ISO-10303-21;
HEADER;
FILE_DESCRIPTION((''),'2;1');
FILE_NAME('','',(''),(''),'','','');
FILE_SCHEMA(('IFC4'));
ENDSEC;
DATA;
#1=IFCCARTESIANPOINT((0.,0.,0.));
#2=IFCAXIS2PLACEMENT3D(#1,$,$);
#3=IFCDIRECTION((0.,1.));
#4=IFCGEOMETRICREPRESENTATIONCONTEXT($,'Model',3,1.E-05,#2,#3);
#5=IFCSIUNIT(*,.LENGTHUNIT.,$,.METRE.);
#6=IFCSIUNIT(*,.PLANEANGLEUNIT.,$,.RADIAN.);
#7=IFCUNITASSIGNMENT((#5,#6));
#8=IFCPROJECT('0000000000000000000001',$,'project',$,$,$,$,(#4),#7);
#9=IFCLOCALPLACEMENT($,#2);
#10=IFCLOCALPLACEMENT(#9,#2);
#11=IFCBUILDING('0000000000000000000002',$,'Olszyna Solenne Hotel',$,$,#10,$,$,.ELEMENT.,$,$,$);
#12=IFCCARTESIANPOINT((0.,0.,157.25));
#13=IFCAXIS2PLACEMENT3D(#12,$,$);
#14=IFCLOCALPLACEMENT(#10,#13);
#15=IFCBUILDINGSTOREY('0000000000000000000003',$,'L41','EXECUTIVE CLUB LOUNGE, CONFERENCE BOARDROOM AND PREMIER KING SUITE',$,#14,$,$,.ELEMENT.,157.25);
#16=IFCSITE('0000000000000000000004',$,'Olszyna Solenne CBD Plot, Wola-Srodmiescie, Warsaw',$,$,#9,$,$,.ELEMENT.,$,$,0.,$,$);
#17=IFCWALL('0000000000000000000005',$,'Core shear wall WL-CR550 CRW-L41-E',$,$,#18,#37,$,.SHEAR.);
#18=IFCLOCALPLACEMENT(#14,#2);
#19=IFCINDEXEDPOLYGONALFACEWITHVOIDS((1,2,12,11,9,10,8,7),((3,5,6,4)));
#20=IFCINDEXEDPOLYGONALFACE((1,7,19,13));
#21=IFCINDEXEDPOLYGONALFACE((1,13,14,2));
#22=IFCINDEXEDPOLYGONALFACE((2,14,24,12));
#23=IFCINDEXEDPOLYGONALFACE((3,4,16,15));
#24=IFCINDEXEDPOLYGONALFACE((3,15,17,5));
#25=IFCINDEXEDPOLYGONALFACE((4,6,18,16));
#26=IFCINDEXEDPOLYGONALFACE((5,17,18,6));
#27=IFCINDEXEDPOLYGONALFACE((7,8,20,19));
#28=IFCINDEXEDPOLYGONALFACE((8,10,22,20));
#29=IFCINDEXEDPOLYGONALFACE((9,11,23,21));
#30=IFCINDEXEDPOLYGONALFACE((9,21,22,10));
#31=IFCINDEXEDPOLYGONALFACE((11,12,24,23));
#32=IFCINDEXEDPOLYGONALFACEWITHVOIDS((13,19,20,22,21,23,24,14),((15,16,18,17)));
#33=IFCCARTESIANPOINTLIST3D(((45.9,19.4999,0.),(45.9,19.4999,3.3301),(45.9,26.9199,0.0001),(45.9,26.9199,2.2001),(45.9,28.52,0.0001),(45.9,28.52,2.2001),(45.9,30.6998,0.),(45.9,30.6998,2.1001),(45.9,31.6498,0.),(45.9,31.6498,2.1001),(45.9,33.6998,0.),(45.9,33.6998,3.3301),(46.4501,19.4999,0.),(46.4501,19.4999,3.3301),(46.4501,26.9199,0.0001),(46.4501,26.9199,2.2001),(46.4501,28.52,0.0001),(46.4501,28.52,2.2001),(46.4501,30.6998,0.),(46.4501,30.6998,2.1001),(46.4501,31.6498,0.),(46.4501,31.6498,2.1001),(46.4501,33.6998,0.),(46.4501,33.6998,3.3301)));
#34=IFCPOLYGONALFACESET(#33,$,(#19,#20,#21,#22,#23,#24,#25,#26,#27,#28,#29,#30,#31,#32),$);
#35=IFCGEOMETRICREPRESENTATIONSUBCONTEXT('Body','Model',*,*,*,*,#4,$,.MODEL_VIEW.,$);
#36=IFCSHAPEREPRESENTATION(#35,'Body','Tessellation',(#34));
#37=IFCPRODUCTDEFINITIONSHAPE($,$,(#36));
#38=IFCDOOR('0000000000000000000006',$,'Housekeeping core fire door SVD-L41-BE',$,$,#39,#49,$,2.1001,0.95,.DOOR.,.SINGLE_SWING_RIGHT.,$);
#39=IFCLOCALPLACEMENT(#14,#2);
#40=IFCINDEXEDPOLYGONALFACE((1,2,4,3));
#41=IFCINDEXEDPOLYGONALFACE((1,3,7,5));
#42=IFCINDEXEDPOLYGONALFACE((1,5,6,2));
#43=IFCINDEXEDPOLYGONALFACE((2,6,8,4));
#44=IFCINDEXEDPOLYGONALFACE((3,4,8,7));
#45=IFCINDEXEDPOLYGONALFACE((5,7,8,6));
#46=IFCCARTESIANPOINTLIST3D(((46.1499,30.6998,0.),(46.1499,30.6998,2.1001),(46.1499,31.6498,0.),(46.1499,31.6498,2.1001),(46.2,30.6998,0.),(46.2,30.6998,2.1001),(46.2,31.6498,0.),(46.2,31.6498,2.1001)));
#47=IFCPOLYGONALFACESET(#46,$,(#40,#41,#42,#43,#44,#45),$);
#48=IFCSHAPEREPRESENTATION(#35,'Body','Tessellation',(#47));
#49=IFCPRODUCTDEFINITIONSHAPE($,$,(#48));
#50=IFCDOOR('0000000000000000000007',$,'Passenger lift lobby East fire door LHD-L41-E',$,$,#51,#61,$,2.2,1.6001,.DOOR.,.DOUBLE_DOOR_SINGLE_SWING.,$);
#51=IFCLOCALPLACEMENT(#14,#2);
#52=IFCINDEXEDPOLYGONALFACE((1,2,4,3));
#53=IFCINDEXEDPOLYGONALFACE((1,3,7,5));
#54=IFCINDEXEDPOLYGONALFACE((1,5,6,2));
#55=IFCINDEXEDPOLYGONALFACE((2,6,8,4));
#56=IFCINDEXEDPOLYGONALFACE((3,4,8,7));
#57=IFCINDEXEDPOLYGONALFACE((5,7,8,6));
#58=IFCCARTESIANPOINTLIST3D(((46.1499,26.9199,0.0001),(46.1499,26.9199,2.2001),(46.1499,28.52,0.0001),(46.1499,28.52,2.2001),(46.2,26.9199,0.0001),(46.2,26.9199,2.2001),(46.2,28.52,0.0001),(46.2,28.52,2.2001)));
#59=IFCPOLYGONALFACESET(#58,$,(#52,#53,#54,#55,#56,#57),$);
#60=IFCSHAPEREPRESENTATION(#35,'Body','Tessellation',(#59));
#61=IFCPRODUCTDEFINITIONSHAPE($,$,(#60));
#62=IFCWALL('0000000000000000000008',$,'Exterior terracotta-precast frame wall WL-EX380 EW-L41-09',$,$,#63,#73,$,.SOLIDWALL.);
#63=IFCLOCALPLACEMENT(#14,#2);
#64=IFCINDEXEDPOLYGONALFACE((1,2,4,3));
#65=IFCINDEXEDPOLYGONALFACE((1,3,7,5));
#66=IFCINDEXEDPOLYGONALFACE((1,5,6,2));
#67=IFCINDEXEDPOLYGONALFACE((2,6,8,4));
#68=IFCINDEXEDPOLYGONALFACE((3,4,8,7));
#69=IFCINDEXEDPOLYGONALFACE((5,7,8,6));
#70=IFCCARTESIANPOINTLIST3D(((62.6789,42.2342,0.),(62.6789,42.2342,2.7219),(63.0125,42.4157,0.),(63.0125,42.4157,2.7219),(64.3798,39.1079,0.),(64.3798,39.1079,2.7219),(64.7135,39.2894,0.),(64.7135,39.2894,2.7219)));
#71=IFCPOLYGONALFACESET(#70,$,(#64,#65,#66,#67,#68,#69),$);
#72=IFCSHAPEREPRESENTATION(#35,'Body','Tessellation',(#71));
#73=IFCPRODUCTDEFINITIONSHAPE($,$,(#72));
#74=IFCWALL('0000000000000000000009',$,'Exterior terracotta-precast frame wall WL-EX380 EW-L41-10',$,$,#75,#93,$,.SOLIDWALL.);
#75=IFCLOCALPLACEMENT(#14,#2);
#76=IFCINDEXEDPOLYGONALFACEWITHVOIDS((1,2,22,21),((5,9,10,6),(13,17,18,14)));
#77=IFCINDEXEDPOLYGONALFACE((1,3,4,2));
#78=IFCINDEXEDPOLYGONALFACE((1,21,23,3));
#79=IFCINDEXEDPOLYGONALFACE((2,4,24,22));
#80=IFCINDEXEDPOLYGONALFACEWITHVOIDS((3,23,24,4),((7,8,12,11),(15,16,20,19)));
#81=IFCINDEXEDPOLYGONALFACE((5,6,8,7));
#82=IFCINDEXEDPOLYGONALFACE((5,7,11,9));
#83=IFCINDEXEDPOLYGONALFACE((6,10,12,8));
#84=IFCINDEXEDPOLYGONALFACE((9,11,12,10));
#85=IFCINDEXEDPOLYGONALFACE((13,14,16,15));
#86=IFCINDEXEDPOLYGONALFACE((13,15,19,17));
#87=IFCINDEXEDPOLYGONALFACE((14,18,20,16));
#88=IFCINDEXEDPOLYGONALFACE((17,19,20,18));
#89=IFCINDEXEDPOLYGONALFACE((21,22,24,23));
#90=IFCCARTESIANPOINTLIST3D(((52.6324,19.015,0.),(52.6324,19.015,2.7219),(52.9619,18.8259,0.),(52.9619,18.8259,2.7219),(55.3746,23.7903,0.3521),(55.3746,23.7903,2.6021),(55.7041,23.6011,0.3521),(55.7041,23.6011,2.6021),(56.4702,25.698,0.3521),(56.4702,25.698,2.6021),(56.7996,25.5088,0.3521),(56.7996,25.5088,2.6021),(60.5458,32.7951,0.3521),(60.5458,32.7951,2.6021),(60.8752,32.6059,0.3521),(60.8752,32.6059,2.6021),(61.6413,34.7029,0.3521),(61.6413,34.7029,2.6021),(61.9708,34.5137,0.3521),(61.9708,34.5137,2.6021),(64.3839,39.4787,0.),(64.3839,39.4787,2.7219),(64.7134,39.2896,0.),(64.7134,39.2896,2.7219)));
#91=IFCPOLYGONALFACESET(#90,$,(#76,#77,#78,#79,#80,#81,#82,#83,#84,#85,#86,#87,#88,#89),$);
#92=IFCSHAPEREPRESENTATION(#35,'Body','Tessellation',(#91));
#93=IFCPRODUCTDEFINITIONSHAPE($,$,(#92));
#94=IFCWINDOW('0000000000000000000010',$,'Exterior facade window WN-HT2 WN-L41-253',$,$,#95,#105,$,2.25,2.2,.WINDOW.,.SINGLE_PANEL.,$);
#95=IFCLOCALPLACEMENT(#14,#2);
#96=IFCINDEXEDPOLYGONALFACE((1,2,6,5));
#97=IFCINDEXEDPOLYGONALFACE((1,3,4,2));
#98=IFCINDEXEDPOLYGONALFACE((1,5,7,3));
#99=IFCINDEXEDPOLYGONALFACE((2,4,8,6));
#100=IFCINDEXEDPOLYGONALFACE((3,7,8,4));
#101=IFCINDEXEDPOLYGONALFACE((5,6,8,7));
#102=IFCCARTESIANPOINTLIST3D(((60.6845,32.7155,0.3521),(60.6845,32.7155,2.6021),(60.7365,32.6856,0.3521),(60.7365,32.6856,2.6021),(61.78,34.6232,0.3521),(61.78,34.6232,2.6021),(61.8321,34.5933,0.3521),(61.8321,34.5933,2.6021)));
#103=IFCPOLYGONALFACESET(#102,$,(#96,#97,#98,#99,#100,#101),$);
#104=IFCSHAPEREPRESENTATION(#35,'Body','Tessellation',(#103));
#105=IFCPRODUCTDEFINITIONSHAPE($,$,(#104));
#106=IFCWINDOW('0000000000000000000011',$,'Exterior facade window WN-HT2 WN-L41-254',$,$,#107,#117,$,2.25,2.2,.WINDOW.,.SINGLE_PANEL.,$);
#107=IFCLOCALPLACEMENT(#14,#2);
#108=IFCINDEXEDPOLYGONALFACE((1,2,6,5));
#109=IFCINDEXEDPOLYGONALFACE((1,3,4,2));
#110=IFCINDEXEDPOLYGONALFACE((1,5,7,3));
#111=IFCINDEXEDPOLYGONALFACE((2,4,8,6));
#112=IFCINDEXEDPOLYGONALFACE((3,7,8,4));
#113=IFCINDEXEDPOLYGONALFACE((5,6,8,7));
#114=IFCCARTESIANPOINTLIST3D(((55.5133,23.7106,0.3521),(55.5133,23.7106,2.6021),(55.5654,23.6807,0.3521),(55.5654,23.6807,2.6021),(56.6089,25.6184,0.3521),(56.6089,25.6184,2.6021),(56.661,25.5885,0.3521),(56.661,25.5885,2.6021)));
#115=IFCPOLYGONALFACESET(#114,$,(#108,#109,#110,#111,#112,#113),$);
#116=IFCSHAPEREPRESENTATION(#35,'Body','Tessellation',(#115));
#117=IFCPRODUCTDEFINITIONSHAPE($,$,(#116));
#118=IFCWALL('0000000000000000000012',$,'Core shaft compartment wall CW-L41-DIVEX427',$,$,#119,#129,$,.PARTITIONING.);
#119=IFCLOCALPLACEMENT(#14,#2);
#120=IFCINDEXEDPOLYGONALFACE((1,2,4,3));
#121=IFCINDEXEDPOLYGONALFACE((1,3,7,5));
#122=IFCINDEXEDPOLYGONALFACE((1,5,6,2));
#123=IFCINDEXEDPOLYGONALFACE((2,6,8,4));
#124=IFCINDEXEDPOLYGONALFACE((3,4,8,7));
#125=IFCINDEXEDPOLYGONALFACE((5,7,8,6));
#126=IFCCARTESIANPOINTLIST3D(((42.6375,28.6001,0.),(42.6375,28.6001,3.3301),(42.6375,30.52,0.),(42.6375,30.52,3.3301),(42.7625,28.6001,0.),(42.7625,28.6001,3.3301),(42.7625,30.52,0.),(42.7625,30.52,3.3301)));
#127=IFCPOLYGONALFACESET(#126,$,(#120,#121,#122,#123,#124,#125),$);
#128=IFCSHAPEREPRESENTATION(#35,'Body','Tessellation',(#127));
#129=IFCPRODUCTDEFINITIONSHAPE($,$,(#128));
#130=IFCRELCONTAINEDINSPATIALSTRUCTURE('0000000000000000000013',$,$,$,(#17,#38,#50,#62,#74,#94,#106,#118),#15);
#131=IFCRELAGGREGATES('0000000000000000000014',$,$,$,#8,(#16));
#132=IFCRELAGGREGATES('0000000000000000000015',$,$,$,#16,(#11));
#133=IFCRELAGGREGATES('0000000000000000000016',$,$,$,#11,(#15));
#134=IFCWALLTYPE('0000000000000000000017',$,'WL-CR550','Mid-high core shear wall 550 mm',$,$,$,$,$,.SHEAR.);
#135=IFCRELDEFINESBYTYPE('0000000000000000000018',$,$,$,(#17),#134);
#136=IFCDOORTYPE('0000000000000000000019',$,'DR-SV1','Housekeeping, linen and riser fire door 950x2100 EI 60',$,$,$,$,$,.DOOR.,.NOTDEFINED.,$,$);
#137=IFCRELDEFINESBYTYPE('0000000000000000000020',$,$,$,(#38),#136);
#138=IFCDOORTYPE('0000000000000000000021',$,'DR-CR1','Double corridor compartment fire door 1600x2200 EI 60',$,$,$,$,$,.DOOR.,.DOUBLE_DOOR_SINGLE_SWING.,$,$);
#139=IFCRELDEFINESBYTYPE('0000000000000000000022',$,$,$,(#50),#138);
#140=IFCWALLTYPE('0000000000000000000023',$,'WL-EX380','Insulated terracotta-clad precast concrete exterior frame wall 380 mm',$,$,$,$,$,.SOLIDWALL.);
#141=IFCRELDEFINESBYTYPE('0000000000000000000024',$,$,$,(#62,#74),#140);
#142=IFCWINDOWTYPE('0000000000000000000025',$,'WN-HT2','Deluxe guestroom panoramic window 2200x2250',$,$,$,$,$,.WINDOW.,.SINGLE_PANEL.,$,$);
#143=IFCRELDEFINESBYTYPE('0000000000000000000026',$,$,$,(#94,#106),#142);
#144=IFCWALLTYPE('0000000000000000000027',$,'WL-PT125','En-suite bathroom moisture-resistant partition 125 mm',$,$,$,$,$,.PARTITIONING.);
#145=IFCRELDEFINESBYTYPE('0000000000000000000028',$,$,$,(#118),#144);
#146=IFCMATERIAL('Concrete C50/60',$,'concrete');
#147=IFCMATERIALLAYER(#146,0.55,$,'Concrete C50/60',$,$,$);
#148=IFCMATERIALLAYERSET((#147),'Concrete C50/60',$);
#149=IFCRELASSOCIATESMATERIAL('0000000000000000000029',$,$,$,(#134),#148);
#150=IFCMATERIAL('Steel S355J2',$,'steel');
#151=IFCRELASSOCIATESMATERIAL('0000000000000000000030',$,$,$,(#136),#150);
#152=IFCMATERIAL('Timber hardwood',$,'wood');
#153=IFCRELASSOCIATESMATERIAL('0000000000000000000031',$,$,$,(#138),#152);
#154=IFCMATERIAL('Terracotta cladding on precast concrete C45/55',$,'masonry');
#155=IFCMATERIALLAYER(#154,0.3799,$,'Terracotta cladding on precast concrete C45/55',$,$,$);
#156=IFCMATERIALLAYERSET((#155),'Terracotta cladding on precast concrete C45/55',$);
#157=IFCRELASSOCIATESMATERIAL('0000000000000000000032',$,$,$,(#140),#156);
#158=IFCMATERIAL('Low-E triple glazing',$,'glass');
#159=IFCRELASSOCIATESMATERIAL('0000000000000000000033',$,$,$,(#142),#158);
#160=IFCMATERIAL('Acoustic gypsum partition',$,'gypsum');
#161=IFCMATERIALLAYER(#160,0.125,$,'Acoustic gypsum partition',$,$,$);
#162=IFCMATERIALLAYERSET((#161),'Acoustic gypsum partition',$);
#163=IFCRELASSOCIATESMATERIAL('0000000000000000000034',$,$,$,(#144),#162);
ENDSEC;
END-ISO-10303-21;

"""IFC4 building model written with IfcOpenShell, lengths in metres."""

from ifc_helpers import new_model, si_unit, direction, frame, frame_2d, origin, place, context, subcontext, project, spatial, rectangle, extrude, source, transform, mapped, material, layer, layer_set, type_object, type_shapes, element, fill, save


model = new_model("IFC4")

# Units and contexts
model_context = context("Model", 3, precision=1e-05, world=origin(), true_north=direction((0.0, 1.0)))
body_context = subcontext(model_context, "Body", "Model", "MODEL_VIEW")
ifc_project = project(units=[si_unit("LENGTHUNIT", "METRE"), si_unit("PLANEANGLEUNIT", "RADIAN")], contexts=[model_context])

# Site, building, storey
site_placement = place(None, origin())
site = spatial("IfcSite", under=ifc_project, at=site_placement, Name="Olszyna Solenne CBD Plot, Wola-Srodmiescie, Warsaw", CompositionType="ELEMENT", RefElevation=0.0)
building_placement = place(site_placement, origin())
building = spatial("IfcBuilding", under=site, at=building_placement, Name="Olszyna Solenne Hotel", CompositionType="ELEMENT")
storey_placement = place(building_placement, frame((0.0, 0.0, 157.25)))
storey = spatial("IfcBuildingStorey", under=building, at=storey_placement, Name="L41", Description="EXECUTIVE CLUB LOUNGE, CONFERENCE BOARDROOM AND PREMIER KING SUITE", CompositionType="ELEMENT", Elevation=157.25)

# Shared definitions
ifc_material_1 = material(Name="Steel S355J2", Category="steel")

# Wall, openings, doors
ifc_material_2 = material(Name="Concrete C50/60", Category="concrete")
ifc_layer_1 = layer(ifc_material_2, 0.55, Name="Concrete C50/60")
ifc_layer_set_1 = layer_set([ifc_layer_1], Name="Concrete C50/60")
wall_type_1 = type_object("IfcWallType", Name="WL-CR550", Description="Mid-high core shear wall 550 mm", PredefinedType="SHEAR", material=ifc_layer_set_1)
wall_1_placement = place(storey_placement, frame((46.175, 33.7, 0.0), z_axis=(0.0, 0.0, 1.0), x_axis=(0.0, -1.0, 0.0)))
wall_1 = element("IfcWall", 1, at=wall_1_placement, inside=storey, type_object=wall_type_1, Name="Core shear wall WL-CR550 CRW-L41-E", PredefinedType="SHEAR", context=body_context, shape_type="SweptSolid", body=[
    extrude(rectangle(XDim=14.2, YDim=0.55, at=frame_2d((7.1001, 0.0))), origin(), (0.0, 0.0, 1.0), 3.3301),
])
opening_1_placement = place(wall_1_placement, frame((5.1799, 0.0, 0.0)))
opening_1 = element("IfcOpeningElement", 2, at=opening_1_placement, cuts=wall_1, PredefinedType="OPENING", context=body_context, shape_type="SweptSolid", body=[
    extrude(rectangle(XDim=1.6001, YDim=2.2, at=frame_2d((0.8, 1.1001))), frame((0.0, 0.2852, 0.0), z_axis=(0.0, -1.0, 0.0), x_axis=(1.0, 0.0, 0.0)), (0.0, 0.0, 1.0), 0.5701),
])
opening_2_placement = place(wall_1_placement, frame((2.05, 0.0, 0.0)))
opening_2 = element("IfcOpeningElement", 3, at=opening_2_placement, cuts=wall_1, PredefinedType="OPENING", context=body_context, shape_type="SweptSolid", body=[
    extrude(rectangle(XDim=0.95, YDim=2.1001, at=frame_2d((0.4751, 1.05))), frame((0.0, 0.2852, 0.0), z_axis=(0.0, -1.0, 0.0), x_axis=(1.0, 0.0, 0.0)), (0.0, 0.0, 1.0), 0.5701),
])
door_type_1 = type_object("IfcDoorType", Name="DR-SV1", Description="Housekeeping, linen and riser fire door 950x2100 EI 60", OperationType="NOTDEFINED", PredefinedType="DOOR", material=ifc_material_1)
shared_shape_1 = source(origin(), body_context, "Body", "SweptSolid", [
    extrude(rectangle(XDim=0.95, YDim=2.1001, at=frame_2d((0.4751, 1.05))), frame((0.0, 0.0249, 0.0), z_axis=(0.0, -1.0, 0.0), x_axis=(1.0, 0.0, 0.0)), (0.0, 0.0, 1.0), 0.05),
])
type_shapes(door_type_1, [shared_shape_1])
door_1_placement = place(opening_2_placement, origin())
door_1 = element("IfcDoor", 4, at=door_1_placement, inside=storey, type_object=door_type_1, Name="Housekeeping core fire door SVD-L41-BE", OperationType="SINGLE_SWING_RIGHT", OverallHeight=2.1001, OverallWidth=0.95, PredefinedType="DOOR", context=body_context, shape_type="MappedRepresentation", body=[
    mapped(shared_shape_1, transform((0.0, 0.0, 0.0), x_axis=(1.0, 0.0, 0.0), y_axis=(0.0, 1.0, 0.0), z_axis=(0.0, 0.0, 1.0), scale=1.0)),
])
fill(opening_2, door_1)
ifc_material_3 = material(Name="Timber hardwood", Category="wood")
door_type_2 = type_object("IfcDoorType", Name="DR-CR1", Description="Double corridor compartment fire door 1600x2200 EI 60", OperationType="DOUBLE_DOOR_SINGLE_SWING", PredefinedType="DOOR", material=ifc_material_3)
shared_shape_2 = source(origin(), body_context, "Body", "SweptSolid", [
    extrude(rectangle(XDim=1.6001, YDim=2.2, at=frame_2d((0.8, 1.1001))), frame((0.0, 0.0249, 0.0), z_axis=(0.0, -1.0, 0.0), x_axis=(1.0, 0.0, 0.0)), (0.0, 0.0, 1.0), 0.05),
])
type_shapes(door_type_2, [shared_shape_2])
door_2_placement = place(opening_1_placement, origin())
door_2 = element("IfcDoor", 5, at=door_2_placement, inside=storey, type_object=door_type_2, Name="Passenger lift lobby East fire door LHD-L41-E", OperationType="DOUBLE_DOOR_SINGLE_SWING", OverallHeight=2.2, OverallWidth=1.6001, PredefinedType="DOOR", context=body_context, shape_type="MappedRepresentation", body=[
    mapped(shared_shape_2, transform((0.0, 0.0, 0.0), x_axis=(1.0, 0.0, 0.0), y_axis=(0.0, 1.0, 0.0), z_axis=(0.0, 0.0, 1.0), scale=1.0)),
])
fill(opening_1, door_2)

# Wall
ifc_material_4 = material(Name="Terracotta cladding on precast concrete C45/55", Category="masonry")
ifc_layer_2 = layer(ifc_material_4, 0.3799, Name="Terracotta cladding on precast concrete C45/55")
ifc_layer_set_2 = layer_set([ifc_layer_2], Name="Terracotta cladding on precast concrete C45/55")
wall_type_2 = type_object("IfcWallType", Name="WL-EX380", Description="Insulated terracotta-clad precast concrete exterior frame wall 380 mm", PredefinedType="SOLIDWALL", material=ifc_layer_set_2)
wall_2_placement = place(storey_placement, frame((62.8457, 42.325, 0.0), z_axis=(0.0, 0.0, 1.0), x_axis=(0.477924, -0.878401, 0.0)))
element("IfcWall", 6, at=wall_2_placement, inside=storey, type_object=wall_type_2, Name="Exterior terracotta-precast frame wall WL-EX380 EW-L41-09", PredefinedType="SOLIDWALL", context=body_context, shape_type="SweptSolid", body=[
    extrude(rectangle(XDim=3.5591, YDim=0.3799, at=frame_2d((1.7795, 0.0))), origin(), (0.0, 0.0, 1.0), 2.7219),
])

# Wall, openings, windows
wall_3_placement = place(storey_placement, frame((64.5486, 39.384, 0.0), z_axis=(0.0, 0.0, 1.0), x_axis=(-0.49799, -0.867183, 0.0)))
wall_3 = element("IfcWall", 7, at=wall_3_placement, inside=storey, type_object=wall_type_2, Name="Exterior terracotta-precast frame wall WL-EX380 EW-L41-10", PredefinedType="SOLIDWALL", context=body_context, shape_type="SweptSolid", body=[
    extrude(rectangle(XDim=23.5979, YDim=0.3799, at=frame_2d((11.7988, 0.0))), origin(), (0.0, 0.0, 1.0), 2.7219),
])
opening_3_placement = place(wall_3_placement, frame((5.5071, 0.0, 0.3521)))
opening_3 = element("IfcOpeningElement", 8, at=opening_3_placement, cuts=wall_3, PredefinedType="OPENING", context=body_context, shape_type="SweptSolid", body=[
    extrude(rectangle(XDim=2.2, YDim=2.25, at=frame_2d((1.1001, 1.125))), frame((0.0, 0.2, 0.0), z_axis=(0.0, -1.0, 0.0), x_axis=(1.0, 0.0, 0.0)), (0.0, 0.0, 1.0), 0.3999),
])
opening_4_placement = place(wall_3_placement, frame((15.8911, 0.0, 0.3521)))
opening_4 = element("IfcOpeningElement", 9, at=opening_4_placement, cuts=wall_3, PredefinedType="OPENING", context=body_context, shape_type="SweptSolid", body=[
    extrude(rectangle(XDim=2.2, YDim=2.25, at=frame_2d((1.1001, 1.125))), frame((0.0, 0.2, 0.0), z_axis=(0.0, -1.0, 0.0), x_axis=(1.0, 0.0, 0.0)), (0.0, 0.0, 1.0), 0.3999),
])
ifc_material_5 = material(Name="Low-E triple glazing", Category="glass")
window_type = type_object("IfcWindowType", Name="WN-HT2", Description="Deluxe guestroom panoramic window 2200x2250", PartitioningType="SINGLE_PANEL", PredefinedType="WINDOW", material=ifc_material_5)
shared_shape_3 = source(origin(), body_context, "Body", "SweptSolid", [
    extrude(rectangle(XDim=2.2, YDim=2.25, at=frame_2d((1.1001, 1.125))), frame((0.0, 0.03, 0.0), z_axis=(0.0, -1.0, 0.0), x_axis=(1.0, 0.0, 0.0)), (0.0, 0.0, 1.0), 0.0601),
])
type_shapes(window_type, [shared_shape_3])
window_1_placement = place(opening_3_placement, origin())
window_1 = element("IfcWindow", 10, at=window_1_placement, inside=storey, type_object=window_type, Name="Exterior facade window WN-HT2 WN-L41-253", OverallHeight=2.25, OverallWidth=2.2, PartitioningType="SINGLE_PANEL", PredefinedType="WINDOW", context=body_context, shape_type="MappedRepresentation", body=[
    mapped(shared_shape_3, transform((0.0, 0.0, 0.0), x_axis=(1.0, 0.0, 0.0), y_axis=(0.0, 1.0, 0.0), z_axis=(0.0, 0.0, 1.0), scale=1.0)),
])
fill(opening_3, window_1)
window_2_placement = place(opening_4_placement, origin())
window_2 = element("IfcWindow", 11, at=window_2_placement, inside=storey, type_object=window_type, Name="Exterior facade window WN-HT2 WN-L41-254", OverallHeight=2.25, OverallWidth=2.2, PartitioningType="SINGLE_PANEL", PredefinedType="WINDOW", context=body_context, shape_type="MappedRepresentation", body=[
    mapped(shared_shape_3, transform((0.0, 0.0, 0.0), x_axis=(1.0, 0.0, 0.0), y_axis=(0.0, 1.0, 0.0), z_axis=(0.0, 0.0, 1.0), scale=1.0)),
])
fill(opening_4, window_2)

# Wall
ifc_material_6 = material(Name="Acoustic gypsum partition", Category="gypsum")
ifc_layer_3 = layer(ifc_material_6, 0.125, Name="Acoustic gypsum partition")
ifc_layer_set_3 = layer_set([ifc_layer_3], Name="Acoustic gypsum partition")
wall_type_3 = type_object("IfcWallType", Name="WL-PT125", Description="En-suite bathroom moisture-resistant partition 125 mm", PredefinedType="PARTITIONING", material=ifc_layer_set_3)
wall_4_placement = place(storey_placement, frame((42.7, 28.6001, 0.0), z_axis=(0.0, 0.0, 1.0), x_axis=(0.0, 1.0, 0.0)))
element("IfcWall", 12, at=wall_4_placement, inside=storey, type_object=wall_type_3, Name="Core shaft compartment wall CW-L41-DIVEX427", PredefinedType="PARTITIONING", context=body_context, shape_type="SweptSolid", body=[
    extrude(rectangle(XDim=1.9199, YDim=0.125, at=frame_2d((0.96, 0.0))), origin(), (0.0, 0.0, 1.0), 3.3301),
])

save(model, "model.ifc")
